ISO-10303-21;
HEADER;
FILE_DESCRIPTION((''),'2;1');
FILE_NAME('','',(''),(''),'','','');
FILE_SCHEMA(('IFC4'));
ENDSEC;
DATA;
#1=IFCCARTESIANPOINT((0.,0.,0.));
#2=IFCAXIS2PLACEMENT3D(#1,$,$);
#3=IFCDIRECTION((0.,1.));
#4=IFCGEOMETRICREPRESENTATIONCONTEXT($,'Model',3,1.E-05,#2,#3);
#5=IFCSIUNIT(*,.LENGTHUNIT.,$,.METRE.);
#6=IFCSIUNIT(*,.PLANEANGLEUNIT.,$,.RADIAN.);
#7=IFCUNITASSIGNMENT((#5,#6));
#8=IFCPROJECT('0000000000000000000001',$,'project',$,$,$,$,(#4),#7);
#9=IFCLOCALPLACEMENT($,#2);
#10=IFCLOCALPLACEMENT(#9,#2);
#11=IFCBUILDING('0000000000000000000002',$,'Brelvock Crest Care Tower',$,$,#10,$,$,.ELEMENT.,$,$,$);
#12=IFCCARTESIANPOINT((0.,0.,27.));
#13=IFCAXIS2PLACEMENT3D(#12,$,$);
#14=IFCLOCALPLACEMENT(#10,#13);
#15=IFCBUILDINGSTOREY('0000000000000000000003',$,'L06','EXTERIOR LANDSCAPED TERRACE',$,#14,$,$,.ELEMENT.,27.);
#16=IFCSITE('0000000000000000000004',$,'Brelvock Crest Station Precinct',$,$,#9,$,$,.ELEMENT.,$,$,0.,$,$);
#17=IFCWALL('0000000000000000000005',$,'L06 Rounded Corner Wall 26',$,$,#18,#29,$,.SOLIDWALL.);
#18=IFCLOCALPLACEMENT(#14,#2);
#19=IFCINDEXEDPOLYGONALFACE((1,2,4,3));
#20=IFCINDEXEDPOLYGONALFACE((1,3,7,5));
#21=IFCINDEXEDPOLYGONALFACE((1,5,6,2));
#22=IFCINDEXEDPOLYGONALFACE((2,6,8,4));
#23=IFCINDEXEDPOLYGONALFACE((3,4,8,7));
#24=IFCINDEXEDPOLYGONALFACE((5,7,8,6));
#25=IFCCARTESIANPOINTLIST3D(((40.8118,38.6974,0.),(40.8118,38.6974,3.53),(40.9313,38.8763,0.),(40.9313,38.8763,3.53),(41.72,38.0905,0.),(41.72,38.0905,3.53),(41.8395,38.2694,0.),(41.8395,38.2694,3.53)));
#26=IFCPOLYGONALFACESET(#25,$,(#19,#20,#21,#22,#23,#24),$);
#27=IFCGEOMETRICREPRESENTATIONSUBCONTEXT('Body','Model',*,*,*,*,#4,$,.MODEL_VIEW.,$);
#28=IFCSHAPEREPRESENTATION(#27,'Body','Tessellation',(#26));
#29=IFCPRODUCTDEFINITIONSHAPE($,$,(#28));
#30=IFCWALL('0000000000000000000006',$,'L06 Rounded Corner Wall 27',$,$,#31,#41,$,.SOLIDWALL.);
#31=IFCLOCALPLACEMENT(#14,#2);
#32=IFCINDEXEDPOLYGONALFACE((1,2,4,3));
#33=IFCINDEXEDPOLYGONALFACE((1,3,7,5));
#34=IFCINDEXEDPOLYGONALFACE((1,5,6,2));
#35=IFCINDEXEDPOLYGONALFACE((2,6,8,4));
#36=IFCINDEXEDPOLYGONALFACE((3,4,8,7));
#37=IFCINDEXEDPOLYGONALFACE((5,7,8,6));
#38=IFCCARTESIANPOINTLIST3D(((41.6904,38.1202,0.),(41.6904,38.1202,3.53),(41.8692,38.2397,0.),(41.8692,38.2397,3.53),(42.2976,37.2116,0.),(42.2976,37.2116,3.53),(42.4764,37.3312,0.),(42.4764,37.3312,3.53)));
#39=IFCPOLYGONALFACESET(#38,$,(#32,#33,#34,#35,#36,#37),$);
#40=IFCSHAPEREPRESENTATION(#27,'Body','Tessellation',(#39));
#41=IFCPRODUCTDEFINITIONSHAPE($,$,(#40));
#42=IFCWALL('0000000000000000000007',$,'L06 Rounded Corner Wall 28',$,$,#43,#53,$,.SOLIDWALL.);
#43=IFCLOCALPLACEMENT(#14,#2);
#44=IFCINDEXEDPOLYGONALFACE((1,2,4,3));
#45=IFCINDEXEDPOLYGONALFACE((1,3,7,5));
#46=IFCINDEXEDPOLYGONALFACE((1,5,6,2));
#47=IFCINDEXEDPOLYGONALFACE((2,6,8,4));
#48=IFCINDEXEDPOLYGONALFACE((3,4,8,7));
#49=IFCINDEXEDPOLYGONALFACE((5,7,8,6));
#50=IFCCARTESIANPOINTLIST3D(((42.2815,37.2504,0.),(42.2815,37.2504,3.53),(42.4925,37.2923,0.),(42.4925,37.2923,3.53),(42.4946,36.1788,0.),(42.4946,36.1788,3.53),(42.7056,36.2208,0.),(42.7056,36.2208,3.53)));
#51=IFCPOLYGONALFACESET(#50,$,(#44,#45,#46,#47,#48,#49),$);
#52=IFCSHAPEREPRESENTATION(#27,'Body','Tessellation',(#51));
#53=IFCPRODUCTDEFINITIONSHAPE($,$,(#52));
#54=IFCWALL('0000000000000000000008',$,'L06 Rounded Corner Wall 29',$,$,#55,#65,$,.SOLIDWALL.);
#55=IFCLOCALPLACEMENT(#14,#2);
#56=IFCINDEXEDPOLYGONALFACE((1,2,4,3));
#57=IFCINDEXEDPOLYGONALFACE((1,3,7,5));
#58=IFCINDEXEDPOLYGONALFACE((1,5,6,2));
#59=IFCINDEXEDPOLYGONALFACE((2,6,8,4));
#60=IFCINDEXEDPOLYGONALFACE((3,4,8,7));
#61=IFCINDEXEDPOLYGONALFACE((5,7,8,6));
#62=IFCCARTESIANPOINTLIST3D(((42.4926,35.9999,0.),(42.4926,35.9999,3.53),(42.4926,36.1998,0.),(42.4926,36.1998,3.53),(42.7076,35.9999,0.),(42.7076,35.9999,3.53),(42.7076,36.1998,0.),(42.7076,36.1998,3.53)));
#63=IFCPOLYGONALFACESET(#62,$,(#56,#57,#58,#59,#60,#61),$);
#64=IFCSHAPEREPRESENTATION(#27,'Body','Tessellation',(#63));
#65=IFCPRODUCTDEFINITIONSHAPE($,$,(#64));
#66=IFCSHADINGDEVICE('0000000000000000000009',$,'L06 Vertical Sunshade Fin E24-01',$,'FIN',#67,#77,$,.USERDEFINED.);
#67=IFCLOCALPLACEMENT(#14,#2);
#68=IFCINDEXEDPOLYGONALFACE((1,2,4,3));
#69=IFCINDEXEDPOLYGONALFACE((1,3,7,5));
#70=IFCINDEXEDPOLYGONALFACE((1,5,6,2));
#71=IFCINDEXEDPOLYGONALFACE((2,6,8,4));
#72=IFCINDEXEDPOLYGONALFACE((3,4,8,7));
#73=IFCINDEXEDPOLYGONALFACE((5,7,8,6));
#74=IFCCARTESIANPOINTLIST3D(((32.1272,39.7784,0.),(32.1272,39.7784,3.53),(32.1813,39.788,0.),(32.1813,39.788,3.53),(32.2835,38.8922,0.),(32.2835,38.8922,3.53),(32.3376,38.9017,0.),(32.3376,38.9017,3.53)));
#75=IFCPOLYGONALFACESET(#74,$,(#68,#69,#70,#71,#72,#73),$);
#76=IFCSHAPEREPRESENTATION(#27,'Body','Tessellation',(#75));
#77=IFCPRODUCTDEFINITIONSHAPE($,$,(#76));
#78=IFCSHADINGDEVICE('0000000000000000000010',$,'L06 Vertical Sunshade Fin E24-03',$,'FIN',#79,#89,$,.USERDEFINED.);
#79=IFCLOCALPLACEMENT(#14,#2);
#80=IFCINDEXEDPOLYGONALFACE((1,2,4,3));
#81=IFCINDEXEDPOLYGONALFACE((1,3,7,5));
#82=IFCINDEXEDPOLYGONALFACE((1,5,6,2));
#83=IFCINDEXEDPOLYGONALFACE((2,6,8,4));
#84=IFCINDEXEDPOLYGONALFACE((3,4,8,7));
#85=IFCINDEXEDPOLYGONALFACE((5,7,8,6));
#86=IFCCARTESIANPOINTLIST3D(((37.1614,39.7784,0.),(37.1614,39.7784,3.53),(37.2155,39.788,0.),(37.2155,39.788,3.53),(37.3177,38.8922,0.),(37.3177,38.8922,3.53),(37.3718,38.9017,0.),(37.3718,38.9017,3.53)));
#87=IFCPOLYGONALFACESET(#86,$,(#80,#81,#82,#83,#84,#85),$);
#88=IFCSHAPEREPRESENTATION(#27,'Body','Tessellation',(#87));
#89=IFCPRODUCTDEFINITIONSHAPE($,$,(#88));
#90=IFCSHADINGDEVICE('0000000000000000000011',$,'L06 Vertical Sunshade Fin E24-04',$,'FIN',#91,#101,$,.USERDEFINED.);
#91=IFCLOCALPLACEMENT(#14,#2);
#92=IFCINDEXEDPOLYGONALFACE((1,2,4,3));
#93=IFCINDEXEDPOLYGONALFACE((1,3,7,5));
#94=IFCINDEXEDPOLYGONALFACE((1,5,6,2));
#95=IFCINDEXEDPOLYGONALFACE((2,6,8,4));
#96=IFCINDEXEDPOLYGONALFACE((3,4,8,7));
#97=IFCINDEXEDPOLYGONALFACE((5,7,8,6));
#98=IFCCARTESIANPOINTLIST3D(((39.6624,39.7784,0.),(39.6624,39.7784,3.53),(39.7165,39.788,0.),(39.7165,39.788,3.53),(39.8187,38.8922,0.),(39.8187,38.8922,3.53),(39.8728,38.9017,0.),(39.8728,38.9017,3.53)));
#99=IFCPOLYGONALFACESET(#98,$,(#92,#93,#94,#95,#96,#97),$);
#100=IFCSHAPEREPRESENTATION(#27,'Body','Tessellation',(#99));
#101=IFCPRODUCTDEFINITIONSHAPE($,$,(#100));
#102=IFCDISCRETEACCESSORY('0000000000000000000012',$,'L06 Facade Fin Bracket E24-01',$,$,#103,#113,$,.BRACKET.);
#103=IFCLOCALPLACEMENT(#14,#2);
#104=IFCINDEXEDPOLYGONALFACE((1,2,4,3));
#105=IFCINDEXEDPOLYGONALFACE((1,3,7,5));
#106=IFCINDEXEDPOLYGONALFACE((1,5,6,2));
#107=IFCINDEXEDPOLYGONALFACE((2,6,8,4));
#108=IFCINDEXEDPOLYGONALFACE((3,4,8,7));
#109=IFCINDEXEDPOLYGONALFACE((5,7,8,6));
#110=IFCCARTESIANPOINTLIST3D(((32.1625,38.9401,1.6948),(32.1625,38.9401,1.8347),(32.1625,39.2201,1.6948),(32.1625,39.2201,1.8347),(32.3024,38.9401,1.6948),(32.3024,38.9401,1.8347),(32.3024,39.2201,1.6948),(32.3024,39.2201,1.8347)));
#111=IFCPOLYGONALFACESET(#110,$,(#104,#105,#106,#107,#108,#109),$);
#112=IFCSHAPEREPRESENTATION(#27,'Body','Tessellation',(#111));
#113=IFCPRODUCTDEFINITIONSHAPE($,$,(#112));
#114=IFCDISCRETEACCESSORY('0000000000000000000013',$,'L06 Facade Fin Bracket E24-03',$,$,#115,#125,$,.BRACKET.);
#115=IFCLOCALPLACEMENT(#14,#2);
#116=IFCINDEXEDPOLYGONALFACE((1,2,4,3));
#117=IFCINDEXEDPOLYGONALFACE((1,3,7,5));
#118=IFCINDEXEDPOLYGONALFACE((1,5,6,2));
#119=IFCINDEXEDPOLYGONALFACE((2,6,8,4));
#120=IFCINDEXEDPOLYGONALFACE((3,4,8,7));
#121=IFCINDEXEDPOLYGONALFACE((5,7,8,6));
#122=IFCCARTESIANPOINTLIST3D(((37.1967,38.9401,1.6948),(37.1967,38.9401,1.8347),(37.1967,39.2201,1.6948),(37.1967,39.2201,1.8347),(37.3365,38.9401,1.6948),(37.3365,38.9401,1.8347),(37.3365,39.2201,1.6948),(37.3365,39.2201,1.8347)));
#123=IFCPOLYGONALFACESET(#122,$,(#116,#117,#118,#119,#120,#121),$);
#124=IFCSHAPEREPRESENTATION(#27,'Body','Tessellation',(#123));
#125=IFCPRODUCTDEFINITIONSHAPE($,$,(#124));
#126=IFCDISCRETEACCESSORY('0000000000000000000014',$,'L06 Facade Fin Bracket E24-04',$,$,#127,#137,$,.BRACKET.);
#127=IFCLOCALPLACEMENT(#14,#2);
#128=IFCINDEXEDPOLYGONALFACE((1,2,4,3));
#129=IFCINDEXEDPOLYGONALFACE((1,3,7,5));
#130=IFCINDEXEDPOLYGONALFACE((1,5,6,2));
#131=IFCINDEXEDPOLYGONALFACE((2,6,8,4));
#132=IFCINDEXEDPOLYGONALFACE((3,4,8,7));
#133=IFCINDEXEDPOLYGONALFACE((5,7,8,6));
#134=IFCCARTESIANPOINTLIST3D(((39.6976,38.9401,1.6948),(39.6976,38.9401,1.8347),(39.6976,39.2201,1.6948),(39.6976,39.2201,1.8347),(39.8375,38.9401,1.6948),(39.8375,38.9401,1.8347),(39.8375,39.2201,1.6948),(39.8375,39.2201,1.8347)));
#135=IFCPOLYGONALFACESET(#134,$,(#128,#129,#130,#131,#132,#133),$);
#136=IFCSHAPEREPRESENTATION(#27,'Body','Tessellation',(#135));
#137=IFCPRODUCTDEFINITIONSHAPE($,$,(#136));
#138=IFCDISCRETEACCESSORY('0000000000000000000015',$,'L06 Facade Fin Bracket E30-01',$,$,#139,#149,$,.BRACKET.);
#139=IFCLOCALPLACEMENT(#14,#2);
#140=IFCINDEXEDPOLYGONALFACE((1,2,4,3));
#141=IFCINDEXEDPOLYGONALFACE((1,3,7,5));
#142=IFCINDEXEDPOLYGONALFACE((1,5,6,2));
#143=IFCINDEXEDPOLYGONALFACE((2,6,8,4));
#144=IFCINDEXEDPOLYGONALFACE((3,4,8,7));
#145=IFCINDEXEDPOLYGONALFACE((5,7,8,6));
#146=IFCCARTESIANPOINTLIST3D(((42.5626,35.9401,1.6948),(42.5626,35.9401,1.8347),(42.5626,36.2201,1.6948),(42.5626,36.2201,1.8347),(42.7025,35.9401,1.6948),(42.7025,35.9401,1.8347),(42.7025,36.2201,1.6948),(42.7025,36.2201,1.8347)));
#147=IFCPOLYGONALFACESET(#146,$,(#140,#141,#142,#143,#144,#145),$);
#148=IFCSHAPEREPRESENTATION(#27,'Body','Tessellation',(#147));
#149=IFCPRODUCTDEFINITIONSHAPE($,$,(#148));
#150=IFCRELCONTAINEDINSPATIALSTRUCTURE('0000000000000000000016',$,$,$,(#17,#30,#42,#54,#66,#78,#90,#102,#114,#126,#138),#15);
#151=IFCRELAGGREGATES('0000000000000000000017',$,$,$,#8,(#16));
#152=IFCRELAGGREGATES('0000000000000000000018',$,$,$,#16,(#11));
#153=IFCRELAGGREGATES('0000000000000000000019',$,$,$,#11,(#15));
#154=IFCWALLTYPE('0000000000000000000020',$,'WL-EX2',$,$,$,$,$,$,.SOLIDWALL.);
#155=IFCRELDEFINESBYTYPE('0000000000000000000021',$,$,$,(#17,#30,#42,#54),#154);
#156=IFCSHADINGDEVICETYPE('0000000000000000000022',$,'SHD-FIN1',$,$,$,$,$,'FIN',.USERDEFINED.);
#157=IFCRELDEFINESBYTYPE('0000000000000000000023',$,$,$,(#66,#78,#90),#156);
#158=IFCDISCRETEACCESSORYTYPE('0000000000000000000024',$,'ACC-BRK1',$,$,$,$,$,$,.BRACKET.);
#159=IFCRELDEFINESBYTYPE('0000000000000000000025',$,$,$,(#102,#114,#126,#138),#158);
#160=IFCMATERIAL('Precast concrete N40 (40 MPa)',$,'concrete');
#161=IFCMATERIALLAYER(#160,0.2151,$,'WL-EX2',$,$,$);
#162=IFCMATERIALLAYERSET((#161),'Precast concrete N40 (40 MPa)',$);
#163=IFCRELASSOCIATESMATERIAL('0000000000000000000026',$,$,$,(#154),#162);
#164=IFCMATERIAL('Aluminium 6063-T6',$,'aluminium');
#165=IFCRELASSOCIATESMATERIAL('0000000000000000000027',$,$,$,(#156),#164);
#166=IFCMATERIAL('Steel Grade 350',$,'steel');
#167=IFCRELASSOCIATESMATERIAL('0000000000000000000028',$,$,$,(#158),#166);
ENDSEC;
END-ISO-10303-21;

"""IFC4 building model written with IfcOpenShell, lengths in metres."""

from ifc_helpers import new_model, si_unit, direction, frame, frame_2d, origin, origin_2d, place, context, subcontext, project, spatial, rectangle, extrude, source, transform, mapped, material, layer, layer_set, material_profile, profile_set, type_object, element, save


model = new_model("IFC4")

# Units and contexts
model_context = context("Model", 3, precision=1e-05, world=origin(), true_north=direction((0.0, 1.0)))
body_context = subcontext(model_context, "Body", "Model", "MODEL_VIEW")
ifc_project = project(units=[si_unit("LENGTHUNIT", "METRE"), si_unit("PLANEANGLEUNIT", "RADIAN")], contexts=[model_context])

# Site, building, storey
site_placement = place(None, origin())
site = spatial("IfcSite", under=ifc_project, at=site_placement, Name="Brelvock Crest Station Precinct", CompositionType="ELEMENT", RefElevation=0.0)
building_placement = place(site_placement, origin())
building = spatial("IfcBuilding", under=site, at=building_placement, Name="Brelvock Crest Care Tower", CompositionType="ELEMENT")
storey_placement = place(building_placement, frame((0.0, 0.0, 27.0)))
storey = spatial("IfcBuildingStorey", under=building, at=storey_placement, Name="L06", Description="EXTERIOR LANDSCAPED TERRACE", CompositionType="ELEMENT", Elevation=27.0)

# Shared definitions
ifc_material_1 = material(Name="Steel Grade 350", Category="steel")

# Shared definitions
ifc_material_2 = material(Name="Aluminium 6063-T6", Category="aluminium")

# Walls
ifc_material_3 = material(Name="Precast concrete N40 (40 MPa)", Category="concrete")
ifc_layer_1 = layer(ifc_material_3, 0.2151, Name="WL-EX2")
ifc_layer_set_1 = layer_set([ifc_layer_1], Name="Precast concrete N40 (40 MPa)")
wall_type = type_object("IfcWallType", Name="WL-EX2", PredefinedType="SOLIDWALL", material=ifc_layer_set_1)
wall_1_placement = place(storey_placement, frame((40.8716, 38.7869, 0.0), z_axis=(0.0, 0.0, 1.0), x_axis=(0.831431, -0.555628, 0.0)))
element("IfcWall", 1, at=wall_1_placement, inside=storey, type_object=wall_type, Name="L06 Rounded Corner Wall 26", PredefinedType="SOLIDWALL", context=body_context, shape_type="SweptSolid", body=[
    extrude(rectangle(XDim=1.0923, YDim=0.2151, at=frame_2d((0.5461, 0.0))), origin(), (0.0, 0.0, 1.0), 3.53),
])
wall_2_placement = place(storey_placement, frame((41.7798, 38.1799, 0.0), z_axis=(0.0, 0.0, 1.0), x_axis=(0.555679, -0.831397, 0.0)))
element("IfcWall", 2, at=wall_2_placement, inside=storey, type_object=wall_type, Name="L06 Rounded Corner Wall 27", PredefinedType="SOLIDWALL", context=body_context, shape_type="SweptSolid", body=[
    extrude(rectangle(XDim=1.0928, YDim=0.2151, at=frame_2d((0.5464, 0.0))), origin(), (0.0, 0.0, 1.0), 3.53),
])
wall_3_placement = place(storey_placement, frame((42.387, 37.2715, 0.0), z_axis=(0.0, 0.0, 1.0), x_axis=(0.195085, -0.980786, 0.0)))
element("IfcWall", 3, at=wall_3_placement, inside=storey, type_object=wall_type, Name="L06 Rounded Corner Wall 28", PredefinedType="SOLIDWALL", context=body_context, shape_type="SweptSolid", body=[
    extrude(rectangle(XDim=1.0925, YDim=0.2151, at=frame_2d((0.5464, 0.0))), origin(), (0.0, 0.0, 1.0), 3.53),
])
wall_4_placement = place(storey_placement, frame((42.6001, 36.2, 0.0), z_axis=(0.0, 0.0, 1.0), x_axis=(0.0, -1.0, 0.0)))
element("IfcWall", 4, at=wall_4_placement, inside=storey, type_object=wall_type, Name="L06 Rounded Corner Wall 29", PredefinedType="SOLIDWALL", context=body_context, shape_type="SweptSolid", body=[
    extrude(rectangle(XDim=0.2, YDim=0.2151, at=frame_2d((0.1001, 0.0))), origin(), (0.0, 0.0, 1.0), 3.53),
])

# Shading devices
ifc_material_profile_1 = material_profile(ifc_material_2, rectangle(XDim=0.0549, YDim=0.8999, at=origin_2d()), Name="FIN55x900")
ifc_profile_set_1 = profile_set([ifc_material_profile_1], Name="Aluminium 6063-T6")
shading_device_type = type_object("IfcShadingDeviceType", Name="SHD-FIN1", ElementType="FIN", PredefinedType="USERDEFINED", material=ifc_profile_set_1)
shared_shape_1 = source(origin(), body_context, "Body", "SweptSolid", [
    extrude(rectangle(XDim=0.0549, YDim=0.8999, at=origin_2d()), origin(), (0.0, 0.0, 1.0), 3.53),
])
for number, where, z_axis, x_axis, name in (
    (5, (32.2324, 39.3401, 0.0), (0.0, 0.0, 1.0), (0.984808, 0.173648, 0.0), "L06 Vertical Sunshade Fin E24-01"),
    (6, (37.2666, 39.3401, 0.0), (0.0, 0.0, 1.0), (0.984808, 0.173648, 0.0), "L06 Vertical Sunshade Fin E24-03"),
    (7, (39.7676, 39.3401, 0.0), (0.0, 0.0, 1.0), (0.984808, 0.173648, 0.0), "L06 Vertical Sunshade Fin E24-04"),
):
    element("IfcShadingDevice", number, at=place(storey_placement, frame(where, z_axis=z_axis, x_axis=x_axis)), inside=storey, type_object=shading_device_type, Name=name, ObjectType="FIN", PredefinedType="USERDEFINED", context=body_context, shape_type="MappedRepresentation", body=[
        mapped(shared_shape_1, transform((0.0, 0.0, 0.0), x_axis=(1.0, 0.0, 0.0), y_axis=(0.0, 1.0, 0.0), z_axis=(0.0, 0.0, 1.0), scale=1.0)),
    ])

# Discrete accessories
discrete_accessory_type = type_object("IfcDiscreteAccessoryType", Name="ACC-BRK1", PredefinedType="BRACKET", material=ifc_material_1)
shared_shape_2 = source(origin(), body_context, "Body", "SweptSolid", [
    extrude(rectangle(XDim=0.28, YDim=0.1399, at=origin_2d()), origin(), (0.0, 0.0, 1.0), 0.1399),
])
for number, where, z_axis, x_axis, name in (
    (8, (32.2324, 39.0801, 1.6948), (0.0, 0.0, 1.0), (0.0, 1.0, 0.0), "L06 Facade Fin Bracket E24-01"),
    (9, (37.2666, 39.0801, 1.6948), (0.0, 0.0, 1.0), (0.0, 1.0, 0.0), "L06 Facade Fin Bracket E24-03"),
    (10, (39.7676, 39.0801, 1.6948), (0.0, 0.0, 1.0), (0.0, 1.0, 0.0), "L06 Facade Fin Bracket E24-04"),
    (11, (42.6326, 36.0801, 1.6948), (0.0, 0.0, 1.0), (0.0, 1.0, 0.0), "L06 Facade Fin Bracket E30-01"),
):
    element("IfcDiscreteAccessory", number, at=place(storey_placement, frame(where, z_axis=z_axis, x_axis=x_axis)), inside=storey, type_object=discrete_accessory_type, Name=name, PredefinedType="BRACKET", context=body_context, shape_type="MappedRepresentation", body=[
        mapped(shared_shape_2, transform((0.0, 0.0, 0.0), x_axis=(1.0, 0.0, 0.0), y_axis=(0.0, 1.0, 0.0), z_axis=(0.0, 0.0, 1.0), scale=1.0)),
    ])

save(model, "model.ifc")
